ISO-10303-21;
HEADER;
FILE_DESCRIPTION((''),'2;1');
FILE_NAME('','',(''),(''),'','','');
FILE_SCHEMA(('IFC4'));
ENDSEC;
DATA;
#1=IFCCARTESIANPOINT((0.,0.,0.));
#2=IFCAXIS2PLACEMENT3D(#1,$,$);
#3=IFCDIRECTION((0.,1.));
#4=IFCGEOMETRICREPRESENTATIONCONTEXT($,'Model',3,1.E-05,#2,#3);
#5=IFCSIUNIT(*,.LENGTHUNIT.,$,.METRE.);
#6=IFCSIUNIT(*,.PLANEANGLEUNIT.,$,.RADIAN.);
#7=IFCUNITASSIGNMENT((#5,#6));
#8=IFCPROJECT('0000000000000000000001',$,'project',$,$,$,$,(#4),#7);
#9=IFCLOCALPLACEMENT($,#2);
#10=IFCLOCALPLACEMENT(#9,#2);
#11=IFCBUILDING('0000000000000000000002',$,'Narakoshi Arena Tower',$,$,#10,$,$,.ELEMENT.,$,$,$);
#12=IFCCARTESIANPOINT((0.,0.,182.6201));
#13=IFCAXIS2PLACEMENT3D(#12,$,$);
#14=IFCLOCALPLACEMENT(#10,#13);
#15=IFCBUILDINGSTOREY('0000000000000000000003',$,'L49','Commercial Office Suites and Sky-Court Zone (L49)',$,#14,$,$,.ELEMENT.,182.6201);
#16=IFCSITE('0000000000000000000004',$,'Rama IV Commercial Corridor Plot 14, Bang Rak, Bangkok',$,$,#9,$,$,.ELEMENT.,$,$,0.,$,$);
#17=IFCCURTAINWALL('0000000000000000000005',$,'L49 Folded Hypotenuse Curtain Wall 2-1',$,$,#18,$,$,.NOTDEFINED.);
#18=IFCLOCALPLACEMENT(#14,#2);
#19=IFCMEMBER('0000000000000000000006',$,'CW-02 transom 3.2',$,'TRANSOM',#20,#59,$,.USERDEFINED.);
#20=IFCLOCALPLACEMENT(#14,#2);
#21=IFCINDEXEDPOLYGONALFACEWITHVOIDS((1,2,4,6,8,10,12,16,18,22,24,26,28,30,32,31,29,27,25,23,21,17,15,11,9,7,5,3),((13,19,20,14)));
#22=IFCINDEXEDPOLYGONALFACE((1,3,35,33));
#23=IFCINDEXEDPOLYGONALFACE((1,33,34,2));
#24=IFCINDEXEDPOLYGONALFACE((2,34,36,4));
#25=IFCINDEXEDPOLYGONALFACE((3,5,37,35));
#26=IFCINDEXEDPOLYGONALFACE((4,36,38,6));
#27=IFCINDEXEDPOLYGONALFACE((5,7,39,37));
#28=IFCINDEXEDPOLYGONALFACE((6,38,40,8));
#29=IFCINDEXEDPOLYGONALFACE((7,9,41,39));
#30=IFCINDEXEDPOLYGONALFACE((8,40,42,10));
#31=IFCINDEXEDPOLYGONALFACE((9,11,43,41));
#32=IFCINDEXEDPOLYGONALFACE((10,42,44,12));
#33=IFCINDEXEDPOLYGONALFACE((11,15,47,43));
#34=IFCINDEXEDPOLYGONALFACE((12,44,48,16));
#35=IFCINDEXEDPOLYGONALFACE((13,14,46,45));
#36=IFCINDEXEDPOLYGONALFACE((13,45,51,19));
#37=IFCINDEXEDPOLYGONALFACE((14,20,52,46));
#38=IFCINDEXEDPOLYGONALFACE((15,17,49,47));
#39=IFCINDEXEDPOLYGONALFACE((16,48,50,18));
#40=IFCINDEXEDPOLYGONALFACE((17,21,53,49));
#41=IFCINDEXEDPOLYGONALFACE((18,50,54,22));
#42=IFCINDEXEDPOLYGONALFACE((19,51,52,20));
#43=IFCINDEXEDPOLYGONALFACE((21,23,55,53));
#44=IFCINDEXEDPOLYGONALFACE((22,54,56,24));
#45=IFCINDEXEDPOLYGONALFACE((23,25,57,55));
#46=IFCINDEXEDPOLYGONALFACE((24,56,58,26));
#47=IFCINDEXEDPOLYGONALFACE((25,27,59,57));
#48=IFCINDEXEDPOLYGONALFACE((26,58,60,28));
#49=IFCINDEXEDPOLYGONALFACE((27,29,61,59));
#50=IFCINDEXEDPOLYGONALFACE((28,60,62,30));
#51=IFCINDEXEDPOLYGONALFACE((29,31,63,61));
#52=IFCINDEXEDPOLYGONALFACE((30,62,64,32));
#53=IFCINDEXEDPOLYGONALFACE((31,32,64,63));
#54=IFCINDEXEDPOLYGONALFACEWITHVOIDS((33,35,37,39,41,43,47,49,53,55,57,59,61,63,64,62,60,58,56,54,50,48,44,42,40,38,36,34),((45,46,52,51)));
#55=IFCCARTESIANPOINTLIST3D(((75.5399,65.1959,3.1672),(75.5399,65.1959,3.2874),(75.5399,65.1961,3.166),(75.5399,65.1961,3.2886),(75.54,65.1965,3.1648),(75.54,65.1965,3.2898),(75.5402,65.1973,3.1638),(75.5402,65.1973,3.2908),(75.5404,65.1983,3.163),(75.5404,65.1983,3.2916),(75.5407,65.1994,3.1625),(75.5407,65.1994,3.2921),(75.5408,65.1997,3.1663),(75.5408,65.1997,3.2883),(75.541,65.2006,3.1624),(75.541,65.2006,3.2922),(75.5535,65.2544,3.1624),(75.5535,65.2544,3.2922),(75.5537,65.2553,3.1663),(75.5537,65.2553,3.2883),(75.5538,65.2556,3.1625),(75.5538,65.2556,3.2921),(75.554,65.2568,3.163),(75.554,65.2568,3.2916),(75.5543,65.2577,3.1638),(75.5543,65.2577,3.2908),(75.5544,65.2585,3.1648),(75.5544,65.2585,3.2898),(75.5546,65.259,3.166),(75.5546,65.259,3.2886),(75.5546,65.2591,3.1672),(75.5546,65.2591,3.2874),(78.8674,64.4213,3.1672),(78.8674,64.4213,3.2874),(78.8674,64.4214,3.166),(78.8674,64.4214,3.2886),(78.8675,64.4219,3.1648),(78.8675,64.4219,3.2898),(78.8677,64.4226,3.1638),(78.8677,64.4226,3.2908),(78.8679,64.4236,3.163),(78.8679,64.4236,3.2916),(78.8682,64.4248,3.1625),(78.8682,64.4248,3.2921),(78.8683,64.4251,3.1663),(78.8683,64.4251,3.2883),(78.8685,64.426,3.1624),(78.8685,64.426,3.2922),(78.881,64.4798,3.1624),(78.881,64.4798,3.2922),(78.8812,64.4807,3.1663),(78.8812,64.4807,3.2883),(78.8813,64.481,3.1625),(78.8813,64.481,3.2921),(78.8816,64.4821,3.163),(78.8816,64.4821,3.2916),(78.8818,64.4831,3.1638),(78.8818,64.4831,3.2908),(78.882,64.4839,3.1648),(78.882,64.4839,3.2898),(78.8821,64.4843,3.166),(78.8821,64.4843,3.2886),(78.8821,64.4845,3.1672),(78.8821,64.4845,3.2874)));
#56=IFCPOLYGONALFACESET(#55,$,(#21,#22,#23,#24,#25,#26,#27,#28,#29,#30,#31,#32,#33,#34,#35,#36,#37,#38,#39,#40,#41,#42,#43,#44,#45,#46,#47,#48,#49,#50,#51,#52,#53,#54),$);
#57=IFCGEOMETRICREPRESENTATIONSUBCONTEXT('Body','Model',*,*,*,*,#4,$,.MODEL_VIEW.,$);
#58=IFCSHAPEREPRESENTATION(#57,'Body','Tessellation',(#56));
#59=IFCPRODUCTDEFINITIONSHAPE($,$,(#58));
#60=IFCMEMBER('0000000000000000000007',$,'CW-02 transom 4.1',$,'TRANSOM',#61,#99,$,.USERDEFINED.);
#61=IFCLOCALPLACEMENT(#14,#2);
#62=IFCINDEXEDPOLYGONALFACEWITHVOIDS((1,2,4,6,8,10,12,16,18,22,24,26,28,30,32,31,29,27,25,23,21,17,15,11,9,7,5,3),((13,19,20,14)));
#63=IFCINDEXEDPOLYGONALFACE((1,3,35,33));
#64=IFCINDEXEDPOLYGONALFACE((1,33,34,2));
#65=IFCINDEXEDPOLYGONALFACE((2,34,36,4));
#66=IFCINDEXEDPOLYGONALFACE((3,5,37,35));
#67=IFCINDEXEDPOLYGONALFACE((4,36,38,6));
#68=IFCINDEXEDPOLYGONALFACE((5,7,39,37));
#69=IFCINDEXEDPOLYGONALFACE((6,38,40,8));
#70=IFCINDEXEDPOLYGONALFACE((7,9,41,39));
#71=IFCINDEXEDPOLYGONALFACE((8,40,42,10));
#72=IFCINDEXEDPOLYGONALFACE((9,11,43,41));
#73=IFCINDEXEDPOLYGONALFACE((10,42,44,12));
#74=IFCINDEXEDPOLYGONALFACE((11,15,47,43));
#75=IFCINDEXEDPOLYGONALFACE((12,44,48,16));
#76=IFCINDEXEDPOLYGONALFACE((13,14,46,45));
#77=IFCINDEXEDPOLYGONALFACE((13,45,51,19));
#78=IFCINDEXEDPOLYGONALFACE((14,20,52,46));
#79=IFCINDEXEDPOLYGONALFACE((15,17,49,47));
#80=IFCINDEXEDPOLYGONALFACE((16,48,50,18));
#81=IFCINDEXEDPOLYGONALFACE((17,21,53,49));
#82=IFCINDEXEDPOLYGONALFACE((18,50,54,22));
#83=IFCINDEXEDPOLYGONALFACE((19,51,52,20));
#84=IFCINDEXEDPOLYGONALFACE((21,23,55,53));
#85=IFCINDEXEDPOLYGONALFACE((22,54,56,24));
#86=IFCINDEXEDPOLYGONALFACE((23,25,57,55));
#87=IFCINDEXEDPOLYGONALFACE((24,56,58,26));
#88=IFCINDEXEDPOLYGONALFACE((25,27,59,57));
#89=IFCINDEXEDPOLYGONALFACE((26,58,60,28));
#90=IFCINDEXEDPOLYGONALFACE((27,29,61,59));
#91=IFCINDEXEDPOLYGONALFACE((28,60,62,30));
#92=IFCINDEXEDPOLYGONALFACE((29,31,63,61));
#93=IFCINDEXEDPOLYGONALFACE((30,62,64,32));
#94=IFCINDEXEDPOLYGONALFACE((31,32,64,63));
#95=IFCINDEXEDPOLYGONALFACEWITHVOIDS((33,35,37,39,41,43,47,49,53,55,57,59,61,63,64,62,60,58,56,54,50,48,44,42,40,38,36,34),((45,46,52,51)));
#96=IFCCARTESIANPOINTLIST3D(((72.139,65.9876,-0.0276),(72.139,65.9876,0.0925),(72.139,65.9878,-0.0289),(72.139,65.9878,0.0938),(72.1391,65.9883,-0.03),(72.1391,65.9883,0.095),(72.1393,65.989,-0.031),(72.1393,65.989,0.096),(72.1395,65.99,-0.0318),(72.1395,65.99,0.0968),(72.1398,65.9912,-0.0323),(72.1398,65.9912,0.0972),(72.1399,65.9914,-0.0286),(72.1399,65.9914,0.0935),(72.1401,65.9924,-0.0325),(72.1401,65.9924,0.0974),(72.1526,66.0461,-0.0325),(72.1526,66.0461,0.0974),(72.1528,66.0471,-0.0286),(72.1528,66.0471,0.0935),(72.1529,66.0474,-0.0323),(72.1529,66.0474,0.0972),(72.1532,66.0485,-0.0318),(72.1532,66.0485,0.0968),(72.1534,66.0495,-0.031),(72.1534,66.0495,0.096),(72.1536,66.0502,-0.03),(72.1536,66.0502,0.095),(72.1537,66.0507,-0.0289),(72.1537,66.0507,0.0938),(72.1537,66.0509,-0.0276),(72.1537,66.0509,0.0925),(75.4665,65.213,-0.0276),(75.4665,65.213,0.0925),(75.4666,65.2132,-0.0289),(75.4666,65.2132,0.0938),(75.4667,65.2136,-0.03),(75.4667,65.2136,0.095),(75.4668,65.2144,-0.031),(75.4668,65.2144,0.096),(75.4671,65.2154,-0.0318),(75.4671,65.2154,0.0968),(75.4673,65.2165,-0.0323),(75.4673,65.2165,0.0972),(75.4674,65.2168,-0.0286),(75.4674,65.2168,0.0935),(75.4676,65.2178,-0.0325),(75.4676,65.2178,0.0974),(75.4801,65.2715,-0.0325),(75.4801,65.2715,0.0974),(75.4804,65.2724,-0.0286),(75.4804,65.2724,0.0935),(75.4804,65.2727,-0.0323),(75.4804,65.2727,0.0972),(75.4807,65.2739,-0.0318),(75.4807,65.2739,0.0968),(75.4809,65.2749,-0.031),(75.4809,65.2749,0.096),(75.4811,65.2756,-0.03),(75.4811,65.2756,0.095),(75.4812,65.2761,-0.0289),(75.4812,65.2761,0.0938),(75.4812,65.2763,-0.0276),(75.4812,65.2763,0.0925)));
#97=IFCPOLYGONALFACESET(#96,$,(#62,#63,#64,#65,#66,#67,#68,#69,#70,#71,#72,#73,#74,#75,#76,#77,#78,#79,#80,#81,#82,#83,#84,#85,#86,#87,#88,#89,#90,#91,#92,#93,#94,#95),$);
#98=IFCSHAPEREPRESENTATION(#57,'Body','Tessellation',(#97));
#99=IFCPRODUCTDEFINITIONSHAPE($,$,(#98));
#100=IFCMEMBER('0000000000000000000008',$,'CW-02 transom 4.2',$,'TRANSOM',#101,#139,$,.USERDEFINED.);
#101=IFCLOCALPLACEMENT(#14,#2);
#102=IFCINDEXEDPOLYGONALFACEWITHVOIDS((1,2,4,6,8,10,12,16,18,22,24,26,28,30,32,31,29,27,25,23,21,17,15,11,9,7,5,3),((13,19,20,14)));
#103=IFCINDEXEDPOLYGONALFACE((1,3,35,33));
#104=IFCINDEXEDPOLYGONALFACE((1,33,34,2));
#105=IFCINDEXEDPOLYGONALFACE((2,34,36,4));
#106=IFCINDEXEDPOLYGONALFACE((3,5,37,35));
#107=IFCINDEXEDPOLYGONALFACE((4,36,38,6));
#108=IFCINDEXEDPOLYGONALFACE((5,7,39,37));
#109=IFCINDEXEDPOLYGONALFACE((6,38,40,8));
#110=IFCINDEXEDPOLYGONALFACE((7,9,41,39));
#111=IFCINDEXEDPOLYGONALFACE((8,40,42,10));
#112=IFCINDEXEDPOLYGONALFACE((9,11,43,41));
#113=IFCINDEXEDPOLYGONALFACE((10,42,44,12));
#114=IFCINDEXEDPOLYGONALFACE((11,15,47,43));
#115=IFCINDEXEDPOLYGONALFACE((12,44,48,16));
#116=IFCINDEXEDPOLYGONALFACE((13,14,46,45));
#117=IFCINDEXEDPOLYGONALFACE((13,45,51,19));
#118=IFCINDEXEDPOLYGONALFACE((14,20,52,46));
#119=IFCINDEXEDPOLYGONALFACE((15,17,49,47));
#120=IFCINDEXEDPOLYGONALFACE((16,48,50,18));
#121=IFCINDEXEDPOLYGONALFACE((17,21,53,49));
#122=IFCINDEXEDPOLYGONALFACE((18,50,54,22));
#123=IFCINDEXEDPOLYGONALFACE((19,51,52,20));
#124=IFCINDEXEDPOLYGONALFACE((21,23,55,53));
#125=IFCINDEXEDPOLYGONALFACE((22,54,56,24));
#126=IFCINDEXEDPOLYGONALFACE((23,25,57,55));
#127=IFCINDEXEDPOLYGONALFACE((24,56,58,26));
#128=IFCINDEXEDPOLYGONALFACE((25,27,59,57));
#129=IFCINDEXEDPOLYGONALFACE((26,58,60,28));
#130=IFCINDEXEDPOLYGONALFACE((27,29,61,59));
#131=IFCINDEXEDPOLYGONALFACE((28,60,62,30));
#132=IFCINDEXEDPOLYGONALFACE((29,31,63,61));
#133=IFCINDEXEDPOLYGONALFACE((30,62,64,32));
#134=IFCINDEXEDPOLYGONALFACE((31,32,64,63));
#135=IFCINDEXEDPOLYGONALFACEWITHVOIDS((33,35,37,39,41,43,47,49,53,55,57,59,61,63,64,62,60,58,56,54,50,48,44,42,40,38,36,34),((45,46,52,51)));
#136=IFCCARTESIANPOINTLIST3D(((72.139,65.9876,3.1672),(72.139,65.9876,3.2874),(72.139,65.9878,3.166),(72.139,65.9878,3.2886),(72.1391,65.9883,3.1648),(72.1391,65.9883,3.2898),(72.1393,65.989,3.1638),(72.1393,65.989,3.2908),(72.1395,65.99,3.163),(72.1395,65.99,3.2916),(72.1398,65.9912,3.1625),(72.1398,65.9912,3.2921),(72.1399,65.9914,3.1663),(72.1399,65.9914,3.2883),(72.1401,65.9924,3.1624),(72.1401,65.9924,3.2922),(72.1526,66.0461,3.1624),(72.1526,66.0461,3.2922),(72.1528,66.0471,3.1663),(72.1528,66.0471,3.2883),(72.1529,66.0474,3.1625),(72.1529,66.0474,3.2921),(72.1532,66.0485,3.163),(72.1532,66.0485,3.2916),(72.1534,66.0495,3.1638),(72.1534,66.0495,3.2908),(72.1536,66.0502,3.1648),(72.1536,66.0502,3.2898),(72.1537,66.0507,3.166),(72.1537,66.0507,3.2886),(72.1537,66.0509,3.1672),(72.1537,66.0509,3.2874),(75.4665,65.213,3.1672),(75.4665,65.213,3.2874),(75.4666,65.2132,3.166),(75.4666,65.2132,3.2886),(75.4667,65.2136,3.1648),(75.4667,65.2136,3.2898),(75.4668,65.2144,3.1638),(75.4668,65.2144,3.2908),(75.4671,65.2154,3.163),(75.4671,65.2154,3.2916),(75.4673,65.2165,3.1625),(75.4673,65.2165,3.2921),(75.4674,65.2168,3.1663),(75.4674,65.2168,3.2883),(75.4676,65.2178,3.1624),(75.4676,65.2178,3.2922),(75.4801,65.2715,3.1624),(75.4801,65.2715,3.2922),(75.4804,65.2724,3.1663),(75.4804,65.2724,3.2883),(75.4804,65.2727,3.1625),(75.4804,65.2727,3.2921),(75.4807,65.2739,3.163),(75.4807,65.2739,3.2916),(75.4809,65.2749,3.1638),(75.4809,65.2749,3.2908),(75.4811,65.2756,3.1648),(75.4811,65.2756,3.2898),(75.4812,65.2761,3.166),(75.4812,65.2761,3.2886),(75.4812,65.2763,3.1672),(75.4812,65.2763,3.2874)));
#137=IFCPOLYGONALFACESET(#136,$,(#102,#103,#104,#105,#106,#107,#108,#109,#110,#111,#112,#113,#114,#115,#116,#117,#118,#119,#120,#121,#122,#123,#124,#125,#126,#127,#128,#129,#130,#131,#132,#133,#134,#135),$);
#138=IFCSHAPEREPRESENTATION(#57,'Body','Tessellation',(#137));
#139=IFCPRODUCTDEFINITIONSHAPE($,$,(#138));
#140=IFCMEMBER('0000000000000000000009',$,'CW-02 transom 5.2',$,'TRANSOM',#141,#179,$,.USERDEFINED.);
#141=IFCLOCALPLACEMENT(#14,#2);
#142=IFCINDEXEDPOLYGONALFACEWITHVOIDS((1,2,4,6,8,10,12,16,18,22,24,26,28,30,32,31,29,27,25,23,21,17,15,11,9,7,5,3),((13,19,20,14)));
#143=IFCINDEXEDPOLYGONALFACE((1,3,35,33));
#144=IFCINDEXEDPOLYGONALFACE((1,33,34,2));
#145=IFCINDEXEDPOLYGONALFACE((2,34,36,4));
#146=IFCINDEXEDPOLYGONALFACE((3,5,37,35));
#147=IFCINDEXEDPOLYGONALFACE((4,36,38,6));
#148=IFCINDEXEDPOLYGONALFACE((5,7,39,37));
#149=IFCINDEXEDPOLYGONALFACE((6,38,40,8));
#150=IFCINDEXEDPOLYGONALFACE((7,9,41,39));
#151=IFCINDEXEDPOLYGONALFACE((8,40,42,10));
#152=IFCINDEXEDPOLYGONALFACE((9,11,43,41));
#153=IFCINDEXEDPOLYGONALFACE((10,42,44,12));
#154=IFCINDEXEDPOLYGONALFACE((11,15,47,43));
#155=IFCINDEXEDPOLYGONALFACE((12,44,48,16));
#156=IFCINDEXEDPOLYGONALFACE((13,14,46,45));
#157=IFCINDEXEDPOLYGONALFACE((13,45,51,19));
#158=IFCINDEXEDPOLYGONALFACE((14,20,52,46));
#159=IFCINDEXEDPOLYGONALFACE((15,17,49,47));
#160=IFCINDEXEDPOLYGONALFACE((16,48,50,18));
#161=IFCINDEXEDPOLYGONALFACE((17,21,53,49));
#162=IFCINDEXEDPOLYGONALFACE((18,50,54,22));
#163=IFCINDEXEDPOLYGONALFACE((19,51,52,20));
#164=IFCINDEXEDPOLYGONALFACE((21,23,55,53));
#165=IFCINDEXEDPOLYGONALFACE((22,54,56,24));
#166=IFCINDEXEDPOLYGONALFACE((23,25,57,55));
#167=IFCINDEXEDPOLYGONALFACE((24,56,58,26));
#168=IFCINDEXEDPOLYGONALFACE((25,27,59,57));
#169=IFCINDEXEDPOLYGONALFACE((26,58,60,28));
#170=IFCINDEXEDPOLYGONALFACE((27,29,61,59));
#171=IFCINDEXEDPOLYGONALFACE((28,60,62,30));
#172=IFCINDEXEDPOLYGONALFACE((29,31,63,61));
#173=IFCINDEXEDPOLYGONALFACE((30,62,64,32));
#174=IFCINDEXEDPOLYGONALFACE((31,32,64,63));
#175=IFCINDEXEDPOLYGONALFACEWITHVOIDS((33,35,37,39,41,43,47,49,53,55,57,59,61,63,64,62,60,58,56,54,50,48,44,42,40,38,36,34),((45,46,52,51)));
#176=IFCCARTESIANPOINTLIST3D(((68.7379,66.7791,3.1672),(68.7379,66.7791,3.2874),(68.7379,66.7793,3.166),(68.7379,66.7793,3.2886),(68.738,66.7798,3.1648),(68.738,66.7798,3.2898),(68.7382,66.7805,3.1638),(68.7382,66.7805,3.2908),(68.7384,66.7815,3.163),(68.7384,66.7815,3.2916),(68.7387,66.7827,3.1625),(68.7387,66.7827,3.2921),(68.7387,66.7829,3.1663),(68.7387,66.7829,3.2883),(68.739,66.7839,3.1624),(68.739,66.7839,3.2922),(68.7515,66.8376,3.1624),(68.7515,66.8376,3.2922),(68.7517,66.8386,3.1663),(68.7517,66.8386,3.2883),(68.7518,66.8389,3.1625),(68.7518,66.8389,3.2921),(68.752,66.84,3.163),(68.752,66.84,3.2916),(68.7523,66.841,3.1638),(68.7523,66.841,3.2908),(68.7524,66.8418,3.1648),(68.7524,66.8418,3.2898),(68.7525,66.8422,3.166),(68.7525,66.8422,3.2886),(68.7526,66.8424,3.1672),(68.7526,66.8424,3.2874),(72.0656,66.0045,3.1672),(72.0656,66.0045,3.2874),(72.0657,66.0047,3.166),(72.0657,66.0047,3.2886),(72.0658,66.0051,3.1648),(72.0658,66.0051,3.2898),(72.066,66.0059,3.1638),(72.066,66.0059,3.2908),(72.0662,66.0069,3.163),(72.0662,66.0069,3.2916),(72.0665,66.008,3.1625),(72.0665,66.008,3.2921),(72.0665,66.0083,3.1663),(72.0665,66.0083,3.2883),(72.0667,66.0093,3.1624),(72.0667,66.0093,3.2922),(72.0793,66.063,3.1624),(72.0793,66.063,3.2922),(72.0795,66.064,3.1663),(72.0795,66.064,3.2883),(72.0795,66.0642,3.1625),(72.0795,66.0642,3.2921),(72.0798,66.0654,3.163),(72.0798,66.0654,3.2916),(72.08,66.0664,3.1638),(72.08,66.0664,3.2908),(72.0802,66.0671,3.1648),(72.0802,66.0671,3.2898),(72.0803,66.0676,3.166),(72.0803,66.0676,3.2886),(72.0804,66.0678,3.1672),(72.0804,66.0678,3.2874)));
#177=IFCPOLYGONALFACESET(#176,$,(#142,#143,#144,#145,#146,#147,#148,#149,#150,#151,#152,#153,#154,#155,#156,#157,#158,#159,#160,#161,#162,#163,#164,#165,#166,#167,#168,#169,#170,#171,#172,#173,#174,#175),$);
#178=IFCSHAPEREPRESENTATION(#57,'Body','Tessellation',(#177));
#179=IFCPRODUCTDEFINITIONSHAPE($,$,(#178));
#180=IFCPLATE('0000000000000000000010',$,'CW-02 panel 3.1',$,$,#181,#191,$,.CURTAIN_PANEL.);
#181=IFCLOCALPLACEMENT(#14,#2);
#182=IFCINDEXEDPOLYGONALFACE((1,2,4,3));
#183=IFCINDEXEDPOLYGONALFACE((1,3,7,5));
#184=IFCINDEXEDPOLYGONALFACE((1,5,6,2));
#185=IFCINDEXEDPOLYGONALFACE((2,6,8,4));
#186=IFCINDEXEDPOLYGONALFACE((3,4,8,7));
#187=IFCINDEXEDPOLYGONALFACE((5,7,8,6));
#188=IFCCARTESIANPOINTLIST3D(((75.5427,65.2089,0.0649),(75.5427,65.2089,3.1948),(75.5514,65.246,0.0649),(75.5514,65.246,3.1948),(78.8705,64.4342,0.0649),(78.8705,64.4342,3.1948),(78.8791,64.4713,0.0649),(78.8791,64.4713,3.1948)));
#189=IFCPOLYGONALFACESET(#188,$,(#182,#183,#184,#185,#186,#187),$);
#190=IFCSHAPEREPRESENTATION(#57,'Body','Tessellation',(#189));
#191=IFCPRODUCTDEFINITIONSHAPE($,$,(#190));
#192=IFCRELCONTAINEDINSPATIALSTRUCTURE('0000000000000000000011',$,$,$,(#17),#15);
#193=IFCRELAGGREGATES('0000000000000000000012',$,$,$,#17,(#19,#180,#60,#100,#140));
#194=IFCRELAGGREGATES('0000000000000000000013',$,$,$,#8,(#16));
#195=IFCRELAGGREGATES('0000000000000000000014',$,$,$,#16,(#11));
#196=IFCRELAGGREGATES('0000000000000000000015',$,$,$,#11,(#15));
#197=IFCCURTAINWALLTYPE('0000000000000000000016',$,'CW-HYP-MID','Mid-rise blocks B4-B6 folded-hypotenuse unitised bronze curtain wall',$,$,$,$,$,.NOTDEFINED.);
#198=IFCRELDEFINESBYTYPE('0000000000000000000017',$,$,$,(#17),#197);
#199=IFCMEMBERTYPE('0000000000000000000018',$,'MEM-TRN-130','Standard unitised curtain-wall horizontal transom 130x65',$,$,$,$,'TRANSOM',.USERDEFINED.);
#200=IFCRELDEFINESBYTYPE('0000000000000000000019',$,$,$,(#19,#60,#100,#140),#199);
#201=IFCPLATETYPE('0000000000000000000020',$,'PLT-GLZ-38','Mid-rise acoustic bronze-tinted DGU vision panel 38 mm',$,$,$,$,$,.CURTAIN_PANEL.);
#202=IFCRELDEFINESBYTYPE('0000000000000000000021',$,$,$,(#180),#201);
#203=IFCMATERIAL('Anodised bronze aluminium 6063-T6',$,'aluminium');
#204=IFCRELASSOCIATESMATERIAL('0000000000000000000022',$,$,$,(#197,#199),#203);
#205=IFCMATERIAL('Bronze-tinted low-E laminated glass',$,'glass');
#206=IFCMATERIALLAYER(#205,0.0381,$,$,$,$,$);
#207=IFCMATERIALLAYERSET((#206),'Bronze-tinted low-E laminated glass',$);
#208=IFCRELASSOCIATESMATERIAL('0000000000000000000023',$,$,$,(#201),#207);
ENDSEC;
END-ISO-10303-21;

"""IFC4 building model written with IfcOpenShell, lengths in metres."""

from ifc_helpers import new_model, si_unit, direction, frame, origin, origin_2d, place, context, subcontext, project, spatial, rectangle, hollow_rectangle, extrude, material, layer, layer_set, material_profile, profile_set, type_object, element, aggregate, save


model = new_model("IFC4")

# Units and contexts
model_context = context("Model", 3, precision=1e-05, world=origin(), true_north=direction((0.0, 1.0)))
body_context = subcontext(model_context, "Body", "Model", "MODEL_VIEW")
ifc_project = project(units=[si_unit("LENGTHUNIT", "METRE"), si_unit("PLANEANGLEUNIT", "RADIAN")], contexts=[model_context])

# Site, building, storey
site_placement = place(None, origin())
site = spatial("IfcSite", under=ifc_project, at=site_placement, Name="Rama IV Commercial Corridor Plot 14, Bang Rak, Bangkok", CompositionType="ELEMENT", RefElevation=0.0)
building_placement = place(site_placement, origin())
building = spatial("IfcBuilding", under=site, at=building_placement, Name="Narakoshi Arena Tower", CompositionType="ELEMENT")
storey_placement = place(building_placement, frame((0.0, 0.0, 182.6201)))
storey = spatial("IfcBuildingStorey", under=building, at=storey_placement, Name="L49", Description="Commercial Office Suites and Sky-Court Zone (L49)", CompositionType="ELEMENT", Elevation=182.6201)

# Curtain wall, members, plate
ifc_material_1 = material(Name="Anodised bronze aluminium 6063-T6", Category="aluminium")
curtain_wall_type = type_object("IfcCurtainWallType", Name="CW-HYP-MID", Description="Mid-rise blocks B4-B6 folded-hypotenuse unitised bronze curtain wall", PredefinedType="NOTDEFINED", material=ifc_material_1)
curtain_wall_placement = place(storey_placement, origin())
curtain_wall = element("IfcCurtainWall", 1, at=curtain_wall_placement, inside=storey, type_object=curtain_wall_type, Name="L49 Folded Hypotenuse Curtain Wall 2-1", PredefinedType="NOTDEFINED")
ifc_material_profile_1 = material_profile(ifc_material_1, hollow_rectangle(XDim=0.0649, YDim=0.1299, WallThickness=0.0039, OuterFilletRadius=0.0049, at=origin_2d()), Name="TRN130x65x4")
ifc_profile_set_1 = profile_set([ifc_material_profile_1], Name="Anodised bronze aluminium 6063-T6")
member_type_1 = type_object("IfcMemberType", Name="MEM-TRN-130", Description="Standard unitised curtain-wall horizontal transom 130x65", ElementType="TRANSOM", PredefinedType="USERDEFINED", material=ifc_profile_set_1)
member_1_placement = place(storey_placement, frame((78.8748, 64.4529, 3.2273), z_axis=(-0.973957, 0.226733, 0.0), x_axis=(-0.226733, -0.973957, 0.0)))
member_1 = element("IfcMember", 2, at=member_1_placement, type_object=member_type_1, Name="CW-02 transom 3.2", ObjectType="TRANSOM", PredefinedType="USERDEFINED", context=body_context, shape_type="SweptSolid", body=[
    extrude(hollow_rectangle(XDim=0.0649, YDim=0.1299, WallThickness=0.0039, OuterFilletRadius=0.0049, at=origin_2d()), origin(), (0.0, 0.0, 1.0), 3.4165),
])
member_2_placement = place(storey_placement, frame((75.4739, 65.2446, 0.0325), z_axis=(-0.973957, 0.226733, 0.0), x_axis=(-0.226733, -0.973957, 0.0)))
member_2 = element("IfcMember", 3, at=member_2_placement, type_object=member_type_1, Name="CW-02 transom 4.1", ObjectType="TRANSOM", PredefinedType="USERDEFINED", context=body_context, shape_type="SweptSolid", body=[
    extrude(hollow_rectangle(XDim=0.0649, YDim=0.1299, WallThickness=0.0039, OuterFilletRadius=0.0049, at=origin_2d()), origin(), (0.0, 0.0, 1.0), 3.4165),
])
member_3_placement = place(storey_placement, frame((75.4739, 65.2446, 3.2273), z_axis=(-0.973957, 0.226733, 0.0), x_axis=(-0.226733, -0.973957, 0.0)))
member_3 = element("IfcMember", 4, at=member_3_placement, type_object=member_type_1, Name="CW-02 transom 4.2", ObjectType="TRANSOM", PredefinedType="USERDEFINED", context=body_context, shape_type="SweptSolid", body=[
    extrude(hollow_rectangle(XDim=0.0649, YDim=0.1299, WallThickness=0.0039, OuterFilletRadius=0.0049, at=origin_2d()), origin(), (0.0, 0.0, 1.0), 3.4165),
])
member_4_placement = place(storey_placement, frame((72.073, 66.0361, 3.2273), z_axis=(-0.973961, 0.226717, 0.0), x_axis=(-0.226717, -0.973961, 0.0)))
member_4 = element("IfcMember", 5, at=member_4_placement, type_object=member_type_1, Name="CW-02 transom 5.2", ObjectType="TRANSOM", PredefinedType="USERDEFINED", context=body_context, shape_type="SweptSolid", body=[
    extrude(hollow_rectangle(XDim=0.0649, YDim=0.1299, WallThickness=0.0039, OuterFilletRadius=0.0049, at=origin_2d()), origin(), (0.0, 0.0, 1.0), 3.4167),
])
ifc_material_2 = material(Name="Bronze-tinted low-E laminated glass", Category="glass")
ifc_layer_1 = layer(ifc_material_2, 0.0381)
ifc_layer_set_1 = layer_set([ifc_layer_1], Name="Bronze-tinted low-E laminated glass")
plate_type = type_object("IfcPlateType", Name="PLT-GLZ-38", Description="Mid-rise acoustic bronze-tinted DGU vision panel 38 mm", PredefinedType="CURTAIN_PANEL", material=ifc_layer_set_1)
plate_1_placement = place(storey_placement, frame((77.2109, 64.8401, 0.0649), z_axis=(0.0, 0.0, 1.0), x_axis=(-0.97396, 0.226721, 0.0)))
plate_1 = element("IfcPlate", 6, at=plate_1_placement, type_object=plate_type, Name="CW-02 panel 3.1", PredefinedType="CURTAIN_PANEL", context=body_context, shape_type="SweptSolid", body=[
    extrude(rectangle(XDim=3.4167, YDim=0.0381, at=origin_2d()), origin(), (0.0, 0.0, 1.0), 3.1299),
])
aggregate(curtain_wall, [member_1, plate_1, member_2, member_3, member_4])

save(model, "model.ifc")
